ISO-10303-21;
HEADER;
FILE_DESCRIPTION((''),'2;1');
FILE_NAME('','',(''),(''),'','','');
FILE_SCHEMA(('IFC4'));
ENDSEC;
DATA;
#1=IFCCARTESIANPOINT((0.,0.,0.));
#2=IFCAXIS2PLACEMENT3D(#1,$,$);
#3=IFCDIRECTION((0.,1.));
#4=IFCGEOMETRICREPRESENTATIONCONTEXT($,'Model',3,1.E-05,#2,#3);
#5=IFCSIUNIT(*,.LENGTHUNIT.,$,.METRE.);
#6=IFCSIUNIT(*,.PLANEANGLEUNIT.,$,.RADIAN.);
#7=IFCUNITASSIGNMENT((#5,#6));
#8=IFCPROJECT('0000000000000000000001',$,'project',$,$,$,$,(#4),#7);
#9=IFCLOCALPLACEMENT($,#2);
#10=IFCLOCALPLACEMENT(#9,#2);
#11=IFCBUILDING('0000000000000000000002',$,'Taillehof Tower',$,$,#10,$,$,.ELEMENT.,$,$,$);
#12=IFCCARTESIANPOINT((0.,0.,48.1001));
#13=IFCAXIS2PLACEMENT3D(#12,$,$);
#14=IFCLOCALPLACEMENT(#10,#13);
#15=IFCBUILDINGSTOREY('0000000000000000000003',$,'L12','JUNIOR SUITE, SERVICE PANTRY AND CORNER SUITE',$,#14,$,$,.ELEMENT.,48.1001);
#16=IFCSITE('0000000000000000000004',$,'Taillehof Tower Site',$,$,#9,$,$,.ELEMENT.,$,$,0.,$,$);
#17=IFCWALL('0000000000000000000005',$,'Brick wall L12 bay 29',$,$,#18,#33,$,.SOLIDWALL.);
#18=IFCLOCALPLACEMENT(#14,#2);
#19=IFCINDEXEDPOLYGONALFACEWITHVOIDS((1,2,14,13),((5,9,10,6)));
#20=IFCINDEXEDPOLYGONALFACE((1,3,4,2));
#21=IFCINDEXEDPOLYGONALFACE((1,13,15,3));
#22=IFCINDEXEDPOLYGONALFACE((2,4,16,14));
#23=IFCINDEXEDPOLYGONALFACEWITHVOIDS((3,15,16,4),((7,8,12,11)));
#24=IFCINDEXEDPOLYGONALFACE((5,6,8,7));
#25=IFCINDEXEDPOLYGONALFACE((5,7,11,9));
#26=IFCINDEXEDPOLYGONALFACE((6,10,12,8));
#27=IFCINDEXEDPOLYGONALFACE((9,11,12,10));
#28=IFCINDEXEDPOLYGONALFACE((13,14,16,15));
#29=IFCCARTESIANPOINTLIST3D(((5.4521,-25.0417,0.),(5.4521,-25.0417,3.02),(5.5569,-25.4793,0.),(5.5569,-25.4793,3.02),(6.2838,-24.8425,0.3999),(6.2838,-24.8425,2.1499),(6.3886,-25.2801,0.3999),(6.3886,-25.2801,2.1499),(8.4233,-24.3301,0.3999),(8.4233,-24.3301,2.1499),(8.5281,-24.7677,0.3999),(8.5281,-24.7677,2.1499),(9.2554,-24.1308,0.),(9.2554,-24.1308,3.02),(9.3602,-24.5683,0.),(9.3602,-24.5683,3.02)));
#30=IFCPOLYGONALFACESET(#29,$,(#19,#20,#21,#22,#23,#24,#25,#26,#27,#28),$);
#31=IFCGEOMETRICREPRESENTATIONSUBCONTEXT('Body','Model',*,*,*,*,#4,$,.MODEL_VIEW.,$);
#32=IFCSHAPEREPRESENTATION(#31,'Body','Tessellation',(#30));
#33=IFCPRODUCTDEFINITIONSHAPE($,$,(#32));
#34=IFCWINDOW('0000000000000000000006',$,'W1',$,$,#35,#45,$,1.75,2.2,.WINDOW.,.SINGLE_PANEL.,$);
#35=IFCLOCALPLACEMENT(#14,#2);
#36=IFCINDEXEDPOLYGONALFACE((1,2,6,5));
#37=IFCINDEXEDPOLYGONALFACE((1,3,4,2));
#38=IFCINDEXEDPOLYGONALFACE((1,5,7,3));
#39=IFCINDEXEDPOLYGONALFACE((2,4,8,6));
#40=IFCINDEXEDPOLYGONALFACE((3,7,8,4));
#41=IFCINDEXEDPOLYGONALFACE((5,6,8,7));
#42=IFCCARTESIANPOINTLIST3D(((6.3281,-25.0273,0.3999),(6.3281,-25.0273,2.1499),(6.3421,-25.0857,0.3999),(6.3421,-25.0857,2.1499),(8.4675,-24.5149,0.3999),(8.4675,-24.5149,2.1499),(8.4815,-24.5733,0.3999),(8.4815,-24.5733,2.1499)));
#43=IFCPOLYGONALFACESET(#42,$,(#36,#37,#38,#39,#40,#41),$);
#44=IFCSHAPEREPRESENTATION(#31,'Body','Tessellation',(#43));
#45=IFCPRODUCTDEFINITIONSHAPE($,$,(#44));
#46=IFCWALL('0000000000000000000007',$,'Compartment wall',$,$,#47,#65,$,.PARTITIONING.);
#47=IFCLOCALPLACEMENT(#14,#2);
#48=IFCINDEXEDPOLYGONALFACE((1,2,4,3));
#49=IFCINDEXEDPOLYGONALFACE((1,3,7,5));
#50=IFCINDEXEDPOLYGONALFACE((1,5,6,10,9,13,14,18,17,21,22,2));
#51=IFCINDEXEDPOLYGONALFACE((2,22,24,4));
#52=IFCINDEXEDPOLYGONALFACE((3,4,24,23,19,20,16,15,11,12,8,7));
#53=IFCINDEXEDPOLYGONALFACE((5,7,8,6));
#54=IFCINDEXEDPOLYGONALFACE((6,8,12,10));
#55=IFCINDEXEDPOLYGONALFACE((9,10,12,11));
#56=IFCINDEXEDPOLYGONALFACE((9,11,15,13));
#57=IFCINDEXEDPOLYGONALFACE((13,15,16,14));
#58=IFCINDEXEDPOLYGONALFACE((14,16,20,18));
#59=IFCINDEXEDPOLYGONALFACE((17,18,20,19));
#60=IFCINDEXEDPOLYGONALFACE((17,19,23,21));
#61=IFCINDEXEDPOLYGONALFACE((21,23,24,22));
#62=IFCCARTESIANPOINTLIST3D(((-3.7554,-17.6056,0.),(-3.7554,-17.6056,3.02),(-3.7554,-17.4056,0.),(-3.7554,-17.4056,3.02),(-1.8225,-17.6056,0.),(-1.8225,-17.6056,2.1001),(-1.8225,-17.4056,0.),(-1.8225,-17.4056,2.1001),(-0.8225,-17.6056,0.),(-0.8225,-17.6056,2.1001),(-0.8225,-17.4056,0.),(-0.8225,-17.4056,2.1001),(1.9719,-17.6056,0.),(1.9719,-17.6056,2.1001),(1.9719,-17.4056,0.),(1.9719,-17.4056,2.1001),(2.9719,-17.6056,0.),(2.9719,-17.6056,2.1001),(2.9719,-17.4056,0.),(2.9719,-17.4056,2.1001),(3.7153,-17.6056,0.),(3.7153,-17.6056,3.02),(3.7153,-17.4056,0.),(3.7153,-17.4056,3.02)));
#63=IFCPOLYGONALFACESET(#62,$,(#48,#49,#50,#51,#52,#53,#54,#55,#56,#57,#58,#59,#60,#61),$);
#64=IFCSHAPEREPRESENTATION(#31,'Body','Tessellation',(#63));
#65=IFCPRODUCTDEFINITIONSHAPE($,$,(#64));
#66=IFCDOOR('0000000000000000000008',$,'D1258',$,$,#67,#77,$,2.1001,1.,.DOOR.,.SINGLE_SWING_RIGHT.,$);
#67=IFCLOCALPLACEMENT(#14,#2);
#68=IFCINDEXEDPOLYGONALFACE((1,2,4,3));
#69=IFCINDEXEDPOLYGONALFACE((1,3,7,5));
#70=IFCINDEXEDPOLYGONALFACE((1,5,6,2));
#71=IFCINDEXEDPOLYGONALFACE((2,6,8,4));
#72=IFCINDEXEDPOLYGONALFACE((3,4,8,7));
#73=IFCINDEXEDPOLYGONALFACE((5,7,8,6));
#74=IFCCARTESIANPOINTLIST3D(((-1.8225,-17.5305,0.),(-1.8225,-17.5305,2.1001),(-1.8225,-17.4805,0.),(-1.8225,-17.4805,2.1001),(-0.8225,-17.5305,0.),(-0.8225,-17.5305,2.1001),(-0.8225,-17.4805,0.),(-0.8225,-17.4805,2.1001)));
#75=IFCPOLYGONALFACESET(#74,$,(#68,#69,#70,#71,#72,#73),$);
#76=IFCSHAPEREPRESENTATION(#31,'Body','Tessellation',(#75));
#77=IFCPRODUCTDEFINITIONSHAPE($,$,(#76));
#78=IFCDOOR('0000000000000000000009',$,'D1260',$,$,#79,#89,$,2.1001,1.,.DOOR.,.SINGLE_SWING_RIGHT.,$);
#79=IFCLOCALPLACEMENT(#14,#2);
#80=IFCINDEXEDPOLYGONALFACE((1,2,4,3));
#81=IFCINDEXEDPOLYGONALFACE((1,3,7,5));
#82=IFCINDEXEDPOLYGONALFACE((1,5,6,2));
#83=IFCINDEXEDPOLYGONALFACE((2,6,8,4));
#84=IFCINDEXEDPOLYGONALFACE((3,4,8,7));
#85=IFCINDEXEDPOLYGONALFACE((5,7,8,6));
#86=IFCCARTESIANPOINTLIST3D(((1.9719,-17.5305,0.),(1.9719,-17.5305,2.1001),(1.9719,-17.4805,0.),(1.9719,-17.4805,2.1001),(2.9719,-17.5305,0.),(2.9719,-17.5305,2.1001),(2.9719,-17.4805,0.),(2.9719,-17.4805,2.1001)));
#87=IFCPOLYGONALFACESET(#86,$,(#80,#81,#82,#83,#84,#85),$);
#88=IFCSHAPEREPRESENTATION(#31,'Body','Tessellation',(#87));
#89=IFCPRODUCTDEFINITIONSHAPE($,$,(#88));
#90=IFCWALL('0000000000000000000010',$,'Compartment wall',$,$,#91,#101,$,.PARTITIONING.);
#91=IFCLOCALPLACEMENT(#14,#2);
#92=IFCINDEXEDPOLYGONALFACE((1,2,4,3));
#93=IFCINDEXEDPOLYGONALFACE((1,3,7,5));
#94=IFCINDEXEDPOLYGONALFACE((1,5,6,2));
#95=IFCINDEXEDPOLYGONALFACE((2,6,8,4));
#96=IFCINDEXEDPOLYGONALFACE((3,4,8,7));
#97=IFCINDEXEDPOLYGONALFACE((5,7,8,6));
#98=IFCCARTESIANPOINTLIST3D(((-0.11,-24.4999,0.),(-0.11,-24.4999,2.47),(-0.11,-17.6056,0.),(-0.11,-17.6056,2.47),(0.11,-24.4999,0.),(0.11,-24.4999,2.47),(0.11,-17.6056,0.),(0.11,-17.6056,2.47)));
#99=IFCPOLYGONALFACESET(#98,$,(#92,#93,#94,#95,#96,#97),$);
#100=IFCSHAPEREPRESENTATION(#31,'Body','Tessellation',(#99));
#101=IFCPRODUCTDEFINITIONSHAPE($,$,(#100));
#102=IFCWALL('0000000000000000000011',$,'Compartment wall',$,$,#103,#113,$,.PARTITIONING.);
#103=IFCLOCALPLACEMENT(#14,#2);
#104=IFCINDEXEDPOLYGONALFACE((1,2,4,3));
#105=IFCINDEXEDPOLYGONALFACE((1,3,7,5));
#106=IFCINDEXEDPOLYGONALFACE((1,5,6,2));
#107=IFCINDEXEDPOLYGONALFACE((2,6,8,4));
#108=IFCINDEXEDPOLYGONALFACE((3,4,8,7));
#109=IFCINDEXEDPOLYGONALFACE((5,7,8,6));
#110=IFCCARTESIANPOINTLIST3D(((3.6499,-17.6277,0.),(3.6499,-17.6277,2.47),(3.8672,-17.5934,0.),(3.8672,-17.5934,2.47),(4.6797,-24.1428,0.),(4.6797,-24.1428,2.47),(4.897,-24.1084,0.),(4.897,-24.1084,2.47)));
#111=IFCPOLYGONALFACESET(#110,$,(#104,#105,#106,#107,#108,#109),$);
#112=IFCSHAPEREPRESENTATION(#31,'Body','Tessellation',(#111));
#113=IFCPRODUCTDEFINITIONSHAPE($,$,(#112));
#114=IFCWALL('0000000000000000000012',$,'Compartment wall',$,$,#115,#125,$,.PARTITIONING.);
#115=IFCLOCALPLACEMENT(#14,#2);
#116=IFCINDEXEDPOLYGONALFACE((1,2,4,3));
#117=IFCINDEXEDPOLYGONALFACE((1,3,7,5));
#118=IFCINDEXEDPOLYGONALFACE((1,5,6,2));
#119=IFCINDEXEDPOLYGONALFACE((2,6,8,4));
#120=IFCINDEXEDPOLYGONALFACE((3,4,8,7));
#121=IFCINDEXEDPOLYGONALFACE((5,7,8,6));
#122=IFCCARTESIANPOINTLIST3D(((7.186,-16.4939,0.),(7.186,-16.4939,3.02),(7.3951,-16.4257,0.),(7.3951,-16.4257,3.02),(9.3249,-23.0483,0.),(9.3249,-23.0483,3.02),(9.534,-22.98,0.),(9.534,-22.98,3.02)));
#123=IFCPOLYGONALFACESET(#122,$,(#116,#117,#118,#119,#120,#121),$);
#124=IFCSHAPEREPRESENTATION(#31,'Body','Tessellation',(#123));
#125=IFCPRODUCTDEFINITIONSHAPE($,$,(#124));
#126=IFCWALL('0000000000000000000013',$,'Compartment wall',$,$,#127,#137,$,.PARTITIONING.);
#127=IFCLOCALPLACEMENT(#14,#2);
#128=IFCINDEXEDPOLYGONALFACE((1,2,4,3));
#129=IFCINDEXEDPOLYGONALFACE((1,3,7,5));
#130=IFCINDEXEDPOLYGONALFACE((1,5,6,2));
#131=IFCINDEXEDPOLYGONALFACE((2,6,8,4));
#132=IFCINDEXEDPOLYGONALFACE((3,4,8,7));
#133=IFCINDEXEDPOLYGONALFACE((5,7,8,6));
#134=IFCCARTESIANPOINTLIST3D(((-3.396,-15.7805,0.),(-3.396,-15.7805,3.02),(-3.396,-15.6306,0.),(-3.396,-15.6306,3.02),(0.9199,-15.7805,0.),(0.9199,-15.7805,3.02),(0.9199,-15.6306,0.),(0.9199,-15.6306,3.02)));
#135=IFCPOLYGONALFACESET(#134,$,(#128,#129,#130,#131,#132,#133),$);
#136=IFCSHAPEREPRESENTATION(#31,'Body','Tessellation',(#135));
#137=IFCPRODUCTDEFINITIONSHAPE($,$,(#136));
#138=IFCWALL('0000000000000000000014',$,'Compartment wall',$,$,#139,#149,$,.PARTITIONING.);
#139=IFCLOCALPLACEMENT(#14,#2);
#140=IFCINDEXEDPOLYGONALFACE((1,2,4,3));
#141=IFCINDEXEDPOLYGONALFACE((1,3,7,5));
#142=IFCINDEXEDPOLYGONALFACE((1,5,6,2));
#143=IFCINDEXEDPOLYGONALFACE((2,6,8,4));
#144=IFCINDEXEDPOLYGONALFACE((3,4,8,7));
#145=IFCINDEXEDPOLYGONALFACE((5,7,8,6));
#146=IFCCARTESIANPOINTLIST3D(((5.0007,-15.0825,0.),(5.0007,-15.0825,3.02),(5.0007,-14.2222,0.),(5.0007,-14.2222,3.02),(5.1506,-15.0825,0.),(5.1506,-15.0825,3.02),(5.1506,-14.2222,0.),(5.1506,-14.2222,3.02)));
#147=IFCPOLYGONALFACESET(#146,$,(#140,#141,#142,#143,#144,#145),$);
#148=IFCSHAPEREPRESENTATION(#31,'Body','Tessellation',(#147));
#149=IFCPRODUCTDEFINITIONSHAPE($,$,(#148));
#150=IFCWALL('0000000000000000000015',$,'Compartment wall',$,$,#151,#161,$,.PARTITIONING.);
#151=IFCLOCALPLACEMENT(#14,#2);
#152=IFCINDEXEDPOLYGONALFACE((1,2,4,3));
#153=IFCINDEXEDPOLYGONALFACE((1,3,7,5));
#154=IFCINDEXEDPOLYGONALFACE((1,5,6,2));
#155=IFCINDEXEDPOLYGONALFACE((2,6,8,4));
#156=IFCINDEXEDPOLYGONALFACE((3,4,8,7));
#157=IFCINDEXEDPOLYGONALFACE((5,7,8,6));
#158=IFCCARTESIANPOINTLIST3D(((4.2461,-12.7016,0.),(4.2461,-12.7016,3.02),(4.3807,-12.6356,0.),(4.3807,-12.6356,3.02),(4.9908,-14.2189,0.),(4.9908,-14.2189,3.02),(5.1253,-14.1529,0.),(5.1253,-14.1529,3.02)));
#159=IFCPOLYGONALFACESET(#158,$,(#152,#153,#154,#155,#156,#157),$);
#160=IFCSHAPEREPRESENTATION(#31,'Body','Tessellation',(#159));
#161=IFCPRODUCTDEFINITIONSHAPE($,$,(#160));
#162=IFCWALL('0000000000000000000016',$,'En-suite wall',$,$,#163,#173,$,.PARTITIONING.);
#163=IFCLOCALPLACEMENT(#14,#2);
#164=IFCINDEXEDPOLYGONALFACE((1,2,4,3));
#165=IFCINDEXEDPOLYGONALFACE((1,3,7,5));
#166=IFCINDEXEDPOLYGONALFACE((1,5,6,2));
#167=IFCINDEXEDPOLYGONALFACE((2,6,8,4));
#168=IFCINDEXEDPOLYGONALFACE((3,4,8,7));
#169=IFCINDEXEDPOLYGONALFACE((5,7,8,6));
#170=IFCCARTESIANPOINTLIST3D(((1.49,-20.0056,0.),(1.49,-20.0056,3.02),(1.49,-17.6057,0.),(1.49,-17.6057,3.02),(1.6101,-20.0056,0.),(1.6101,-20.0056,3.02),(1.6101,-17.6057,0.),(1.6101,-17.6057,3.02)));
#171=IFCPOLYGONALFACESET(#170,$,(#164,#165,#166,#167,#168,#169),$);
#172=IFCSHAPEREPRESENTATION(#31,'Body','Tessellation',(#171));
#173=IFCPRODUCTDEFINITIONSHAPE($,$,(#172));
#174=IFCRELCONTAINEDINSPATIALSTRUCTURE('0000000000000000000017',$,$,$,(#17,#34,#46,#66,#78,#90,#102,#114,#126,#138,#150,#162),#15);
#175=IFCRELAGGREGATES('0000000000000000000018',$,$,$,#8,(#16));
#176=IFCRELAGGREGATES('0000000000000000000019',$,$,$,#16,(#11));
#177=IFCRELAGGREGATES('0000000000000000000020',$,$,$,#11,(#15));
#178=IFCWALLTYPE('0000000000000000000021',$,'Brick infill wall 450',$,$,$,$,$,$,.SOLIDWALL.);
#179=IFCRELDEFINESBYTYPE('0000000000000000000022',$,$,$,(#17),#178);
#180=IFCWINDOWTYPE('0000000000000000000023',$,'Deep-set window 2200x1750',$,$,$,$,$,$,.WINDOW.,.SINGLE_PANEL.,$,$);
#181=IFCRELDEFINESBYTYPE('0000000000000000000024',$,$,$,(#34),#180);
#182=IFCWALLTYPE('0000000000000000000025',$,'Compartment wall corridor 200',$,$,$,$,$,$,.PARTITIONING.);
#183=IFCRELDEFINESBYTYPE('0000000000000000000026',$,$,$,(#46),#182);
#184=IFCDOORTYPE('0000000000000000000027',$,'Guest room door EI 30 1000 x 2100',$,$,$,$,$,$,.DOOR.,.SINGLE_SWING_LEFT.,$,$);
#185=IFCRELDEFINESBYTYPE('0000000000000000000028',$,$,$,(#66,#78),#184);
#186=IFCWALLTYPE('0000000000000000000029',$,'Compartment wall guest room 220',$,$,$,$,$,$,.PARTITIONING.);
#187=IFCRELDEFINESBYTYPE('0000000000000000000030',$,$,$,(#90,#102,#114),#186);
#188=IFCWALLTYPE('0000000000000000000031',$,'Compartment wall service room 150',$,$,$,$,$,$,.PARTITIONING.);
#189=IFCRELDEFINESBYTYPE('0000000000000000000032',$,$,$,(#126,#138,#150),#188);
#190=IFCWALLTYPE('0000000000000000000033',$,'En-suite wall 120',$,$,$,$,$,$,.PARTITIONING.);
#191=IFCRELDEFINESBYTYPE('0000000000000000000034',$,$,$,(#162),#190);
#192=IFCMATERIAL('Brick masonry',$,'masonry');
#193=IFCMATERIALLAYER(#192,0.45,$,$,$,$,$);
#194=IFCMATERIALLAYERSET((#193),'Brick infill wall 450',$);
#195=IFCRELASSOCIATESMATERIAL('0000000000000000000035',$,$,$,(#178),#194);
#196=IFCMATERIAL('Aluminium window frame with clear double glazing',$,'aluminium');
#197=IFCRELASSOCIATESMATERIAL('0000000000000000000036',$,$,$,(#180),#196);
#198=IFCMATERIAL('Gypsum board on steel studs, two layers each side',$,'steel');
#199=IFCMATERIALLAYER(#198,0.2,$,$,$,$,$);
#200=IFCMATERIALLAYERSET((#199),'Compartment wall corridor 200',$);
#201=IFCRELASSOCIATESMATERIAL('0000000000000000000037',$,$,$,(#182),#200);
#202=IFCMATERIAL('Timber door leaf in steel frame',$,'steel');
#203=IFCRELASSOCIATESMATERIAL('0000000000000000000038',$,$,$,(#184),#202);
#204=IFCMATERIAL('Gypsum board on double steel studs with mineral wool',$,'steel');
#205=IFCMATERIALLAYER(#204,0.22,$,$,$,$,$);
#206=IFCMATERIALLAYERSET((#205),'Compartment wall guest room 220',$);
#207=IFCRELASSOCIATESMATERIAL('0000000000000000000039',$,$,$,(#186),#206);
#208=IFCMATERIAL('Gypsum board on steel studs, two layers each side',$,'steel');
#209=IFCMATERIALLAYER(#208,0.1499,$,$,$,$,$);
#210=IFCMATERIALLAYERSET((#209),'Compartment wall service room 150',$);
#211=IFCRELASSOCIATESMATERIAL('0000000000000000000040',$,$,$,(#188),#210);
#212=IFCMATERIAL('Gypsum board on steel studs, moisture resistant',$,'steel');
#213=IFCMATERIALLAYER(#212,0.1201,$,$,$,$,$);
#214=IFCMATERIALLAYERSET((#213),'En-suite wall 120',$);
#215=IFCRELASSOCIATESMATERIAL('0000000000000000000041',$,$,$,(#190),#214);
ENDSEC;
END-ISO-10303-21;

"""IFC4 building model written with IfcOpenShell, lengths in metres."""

from ifc_helpers import new_model, si_unit, direction, frame, frame_2d, origin, place, context, subcontext, project, spatial, rectangle, extrude, material, layer, layer_set, type_object, element, fill, save


model = new_model("IFC4")

# Units and contexts
model_context = context("Model", 3, precision=1e-05, world=origin(), true_north=direction((0.0, 1.0)))
body_context = subcontext(model_context, "Body", "Model", "MODEL_VIEW")
ifc_project = project(units=[si_unit("LENGTHUNIT", "METRE"), si_unit("PLANEANGLEUNIT", "RADIAN")], contexts=[model_context])

# Site, building, storey
site_placement = place(None, origin())
site = spatial("IfcSite", under=ifc_project, at=site_placement, Name="Taillehof Tower Site", CompositionType="ELEMENT", RefElevation=0.0)
building_placement = place(site_placement, origin())
building = spatial("IfcBuilding", under=site, at=building_placement, Name="Taillehof Tower", CompositionType="ELEMENT")
storey_placement = place(building_placement, frame((0.0, 0.0, 48.1001)))
storey = spatial("IfcBuildingStorey", under=building, at=storey_placement, Name="L12", Description="JUNIOR SUITE, SERVICE PANTRY AND CORNER SUITE", CompositionType="ELEMENT", Elevation=48.1001)

# Wall, opening, window
ifc_material_1 = material(Name="Brick masonry", Category="masonry")
ifc_layer_1 = layer(ifc_material_1, 0.45)
ifc_layer_set_1 = layer_set([ifc_layer_1], Name="Brick infill wall 450")
wall_type_1 = type_object("IfcWallType", Name="Brick infill wall 450", PredefinedType="SOLIDWALL", material=ifc_layer_set_1)
ifc_material_2 = material(Name="Aluminium window frame with clear double glazing", Category="aluminium")
window_type = type_object("IfcWindowType", Name="Deep-set window 2200x1750", PartitioningType="SINGLE_PANEL", PredefinedType="WINDOW", material=ifc_material_2)
wall_1_placement = place(storey_placement, frame((5.5044, -25.2605, 0.0), z_axis=(0.0, 0.0, 1.0), x_axis=(0.972497, 0.232917, 0.0)))
wall_1 = element("IfcWall", 1, at=wall_1_placement, inside=storey, type_object=wall_type_1, Name="Brick wall L12 bay 29", PredefinedType="SOLIDWALL", context=body_context, shape_type="SweptSolid", body=[
    extrude(rectangle(XDim=3.9109, YDim=0.45, at=frame_2d((1.9556, 0.0))), origin(), (0.0, 0.0, 1.0), 3.02),
])
opening_1_placement = place(wall_1_placement, frame((0.8552, 0.0, 0.3999)))
opening_1 = element("IfcOpeningElement", 2, at=opening_1_placement, cuts=wall_1, PredefinedType="OPENING", context=body_context, shape_type="SweptSolid", body=[
    extrude(rectangle(XDim=2.2, YDim=1.75, at=frame_2d((1.1001, 0.875))), frame((0.0, 0.2349, 0.0), z_axis=(0.0, -1.0, 0.0), x_axis=(1.0, 0.0, 0.0)), (0.0, 0.0, 1.0), 0.47),
])
window_1_placement = place(opening_1_placement, origin())
window_1 = element("IfcWindow", 3, at=window_1_placement, inside=storey, type_object=window_type, Name="W1", OverallHeight=1.75, OverallWidth=2.2, PartitioningType="SINGLE_PANEL", PredefinedType="WINDOW", context=body_context, shape_type="SweptSolid", body=[
    extrude(rectangle(XDim=2.2, YDim=1.75, at=frame_2d((1.1001, 0.875))), frame((0.0, 0.0349, 0.0), z_axis=(0.0, -1.0, 0.0), x_axis=(1.0, 0.0, 0.0)), (0.0, 0.0, 1.0), 0.0601),
])
fill(opening_1, window_1)

# Wall, openings, doors
ifc_material_3 = material(Name="Gypsum board on steel studs, two layers each side", Category="steel")
ifc_layer_2 = layer(ifc_material_3, 0.2)
ifc_layer_set_2 = layer_set([ifc_layer_2], Name="Compartment wall corridor 200")
wall_type_2 = type_object("IfcWallType", Name="Compartment wall corridor 200", PredefinedType="PARTITIONING", material=ifc_layer_set_2)
wall_2_placement = place(storey_placement, frame((3.7153, -17.5056, 0.0), z_axis=(0.0, 0.0, 1.0), x_axis=(-1.0, 0.0, 0.0)))
wall_2 = element("IfcWall", 4, at=wall_2_placement, inside=storey, type_object=wall_type_2, Name="Compartment wall", PredefinedType="PARTITIONING", context=body_context, shape_type="SweptSolid", body=[
    extrude(rectangle(XDim=7.4707, YDim=0.2, at=frame_2d((3.7354, 0.0))), origin(), (0.0, 0.0, 1.0), 3.02),
])
opening_2_placement = place(wall_2_placement, frame((4.5378, 0.0, 0.0)))
opening_2 = element("IfcOpeningElement", 5, at=opening_2_placement, cuts=wall_2, PredefinedType="OPENING", context=body_context, shape_type="SweptSolid", body=[
    extrude(rectangle(XDim=1.0, YDim=2.1001, at=frame_2d((0.5, 1.05))), frame((0.0, 0.1099, 0.0), z_axis=(0.0, -1.0, 0.0), x_axis=(1.0, 0.0, 0.0)), (0.0, 0.0, 1.0), 0.22),
])
opening_3_placement = place(wall_2_placement, frame((0.7434, 0.0, 0.0)))
opening_3 = element("IfcOpeningElement", 6, at=opening_3_placement, cuts=wall_2, PredefinedType="OPENING", context=body_context, shape_type="SweptSolid", body=[
    extrude(rectangle(XDim=1.0, YDim=2.1001, at=frame_2d((0.5, 1.05))), frame((0.0, 0.1099, 0.0), z_axis=(0.0, -1.0, 0.0), x_axis=(1.0, 0.0, 0.0)), (0.0, 0.0, 1.0), 0.22),
])
ifc_material_4 = material(Name="Timber door leaf in steel frame", Category="steel")
door_type_1 = type_object("IfcDoorType", Name="Guest room door EI 30 1000 x 2100", OperationType="SINGLE_SWING_LEFT", PredefinedType="DOOR", material=ifc_material_4)
door_1_placement = place(opening_2_placement, origin())
door_1 = element("IfcDoor", 7, at=door_1_placement, inside=storey, type_object=door_type_1, Name="D1258", OperationType="SINGLE_SWING_RIGHT", OverallHeight=2.1001, OverallWidth=1.0, PredefinedType="DOOR", context=body_context, shape_type="SweptSolid", body=[
    extrude(rectangle(XDim=1.0, YDim=2.1001, at=frame_2d((0.5, 1.05))), frame((0.0, 0.0249, 0.0), z_axis=(0.0, -1.0, 0.0), x_axis=(1.0, 0.0, 0.0)), (0.0, 0.0, 1.0), 0.05),
])
fill(opening_2, door_1)
door_2_placement = place(opening_3_placement, origin())
door_2 = element("IfcDoor", 8, at=door_2_placement, inside=storey, type_object=door_type_1, Name="D1260", OperationType="SINGLE_SWING_RIGHT", OverallHeight=2.1001, OverallWidth=1.0, PredefinedType="DOOR", context=body_context, shape_type="SweptSolid", body=[
    extrude(rectangle(XDim=1.0, YDim=2.1001, at=frame_2d((0.5, 1.05))), frame((0.0, 0.0249, 0.0), z_axis=(0.0, -1.0, 0.0), x_axis=(1.0, 0.0, 0.0)), (0.0, 0.0, 1.0), 0.05),
])
fill(opening_3, door_2)

# Walls
ifc_material_5 = material(Name="Gypsum board on double steel studs with mineral wool", Category="steel")
ifc_layer_3 = layer(ifc_material_5, 0.22)
ifc_layer_set_3 = layer_set([ifc_layer_3], Name="Compartment wall guest room 220")
wall_type_3 = type_object("IfcWallType", Name="Compartment wall guest room 220", PredefinedType="PARTITIONING", material=ifc_layer_set_3)
wall_3_placement = place(storey_placement, frame((0.0, -24.5, 0.0), z_axis=(0.0, 0.0, 1.0), x_axis=(0.0, 1.0, 0.0)))
element("IfcWall", 9, at=wall_3_placement, inside=storey, type_object=wall_type_3, Name="Compartment wall", PredefinedType="PARTITIONING", context=body_context, shape_type="SweptSolid", body=[
    extrude(rectangle(XDim=6.8943, YDim=0.22, at=frame_2d((3.4473, 0.0))), origin(), (0.0, 0.0, 1.0), 2.47),
])
wall_4_placement = place(storey_placement, frame((4.7883, -24.1255, 0.0), z_axis=(0.0, 0.0, 1.0), x_axis=(-0.156122, 0.987738, 0.0)))
element("IfcWall", 10, at=wall_4_placement, inside=storey, type_object=wall_type_3, Name="Compartment wall", PredefinedType="PARTITIONING", context=body_context, shape_type="SweptSolid", body=[
    extrude(rectangle(XDim=6.5959, YDim=0.22, at=frame_2d((3.2979, 0.0))), origin(), (0.0, 0.0, 1.0), 2.47),
])
wall_5_placement = place(storey_placement, frame((9.4294, -23.0142, 0.0), z_axis=(0.0, 0.0, 1.0), x_axis=(-0.31023, 0.950662, 0.0)))
element("IfcWall", 11, at=wall_5_placement, inside=storey, type_object=wall_type_3, Name="Compartment wall", PredefinedType="PARTITIONING", context=body_context, shape_type="SweptSolid", body=[
    extrude(rectangle(XDim=6.8945, YDim=0.22, at=frame_2d((3.4473, 0.0))), origin(), (0.0, 0.0, 1.0), 3.02),
])
ifc_material_6 = material(Name="Gypsum board on steel studs, two layers each side", Category="steel")
ifc_layer_4 = layer(ifc_material_6, 0.1499)
ifc_layer_set_4 = layer_set([ifc_layer_4], Name="Compartment wall service room 150")
wall_type_4 = type_object("IfcWallType", Name="Compartment wall service room 150", PredefinedType="PARTITIONING", material=ifc_layer_set_4)
wall_6_placement = place(storey_placement, frame((0.9199, -15.7056, 0.0), z_axis=(0.0, 0.0, 1.0), x_axis=(-1.0, 0.0, 0.0)))
element("IfcWall", 12, at=wall_6_placement, inside=storey, type_object=wall_type_4, Name="Compartment wall", PredefinedType="PARTITIONING", context=body_context, shape_type="SweptSolid", body=[
    extrude(rectangle(XDim=4.3159, YDim=0.1499, at=frame_2d((2.158, 0.0))), origin(), (0.0, 0.0, 1.0), 3.02),
])
wall_7_placement = place(storey_placement, frame((5.0757, -15.0825, 0.0), z_axis=(0.0, 0.0, 1.0), x_axis=(0.0, 1.0, 0.0)))
element("IfcWall", 13, at=wall_7_placement, inside=storey, type_object=wall_type_4, Name="Compartment wall", PredefinedType="PARTITIONING", context=body_context, shape_type="SweptSolid", body=[
    extrude(rectangle(XDim=0.8604, YDim=0.1499, at=frame_2d((0.4302, 0.0))), origin(), (0.0, 0.0, 1.0), 3.02),
])
wall_8_placement = place(storey_placement, frame((5.0581, -14.186, 0.0), z_axis=(0.0, 0.0, 1.0), x_axis=(-0.440557, 0.897725, 0.0)))
element("IfcWall", 14, at=wall_8_placement, inside=storey, type_object=wall_type_4, Name="Compartment wall", PredefinedType="PARTITIONING", context=body_context, shape_type="SweptSolid", body=[
    extrude(rectangle(XDim=1.6902, YDim=0.1499, at=frame_2d((0.8452, 0.0))), origin(), (0.0, 0.0, 1.0), 3.02),
])
ifc_material_7 = material(Name="Gypsum board on steel studs, moisture resistant", Category="steel")
ifc_layer_5 = layer(ifc_material_7, 0.1201)
ifc_layer_set_5 = layer_set([ifc_layer_5], Name="En-suite wall 120")
wall_type_5 = type_object("IfcWallType", Name="En-suite wall 120", PredefinedType="PARTITIONING", material=ifc_layer_set_5)
wall_9_placement = place(storey_placement, frame((1.55, -17.6057, 0.0), z_axis=(0.0, 0.0, 1.0), x_axis=(0.0, -1.0, 0.0)))
element("IfcWall", 15, at=wall_9_placement, inside=storey, type_object=wall_type_5, Name="En-suite wall", PredefinedType="PARTITIONING", context=body_context, shape_type="SweptSolid", body=[
    extrude(rectangle(XDim=2.3999, YDim=0.1201, at=frame_2d((1.2, 0.0))), origin(), (0.0, 0.0, 1.0), 3.02),
])

save(model, "model.ifc")
